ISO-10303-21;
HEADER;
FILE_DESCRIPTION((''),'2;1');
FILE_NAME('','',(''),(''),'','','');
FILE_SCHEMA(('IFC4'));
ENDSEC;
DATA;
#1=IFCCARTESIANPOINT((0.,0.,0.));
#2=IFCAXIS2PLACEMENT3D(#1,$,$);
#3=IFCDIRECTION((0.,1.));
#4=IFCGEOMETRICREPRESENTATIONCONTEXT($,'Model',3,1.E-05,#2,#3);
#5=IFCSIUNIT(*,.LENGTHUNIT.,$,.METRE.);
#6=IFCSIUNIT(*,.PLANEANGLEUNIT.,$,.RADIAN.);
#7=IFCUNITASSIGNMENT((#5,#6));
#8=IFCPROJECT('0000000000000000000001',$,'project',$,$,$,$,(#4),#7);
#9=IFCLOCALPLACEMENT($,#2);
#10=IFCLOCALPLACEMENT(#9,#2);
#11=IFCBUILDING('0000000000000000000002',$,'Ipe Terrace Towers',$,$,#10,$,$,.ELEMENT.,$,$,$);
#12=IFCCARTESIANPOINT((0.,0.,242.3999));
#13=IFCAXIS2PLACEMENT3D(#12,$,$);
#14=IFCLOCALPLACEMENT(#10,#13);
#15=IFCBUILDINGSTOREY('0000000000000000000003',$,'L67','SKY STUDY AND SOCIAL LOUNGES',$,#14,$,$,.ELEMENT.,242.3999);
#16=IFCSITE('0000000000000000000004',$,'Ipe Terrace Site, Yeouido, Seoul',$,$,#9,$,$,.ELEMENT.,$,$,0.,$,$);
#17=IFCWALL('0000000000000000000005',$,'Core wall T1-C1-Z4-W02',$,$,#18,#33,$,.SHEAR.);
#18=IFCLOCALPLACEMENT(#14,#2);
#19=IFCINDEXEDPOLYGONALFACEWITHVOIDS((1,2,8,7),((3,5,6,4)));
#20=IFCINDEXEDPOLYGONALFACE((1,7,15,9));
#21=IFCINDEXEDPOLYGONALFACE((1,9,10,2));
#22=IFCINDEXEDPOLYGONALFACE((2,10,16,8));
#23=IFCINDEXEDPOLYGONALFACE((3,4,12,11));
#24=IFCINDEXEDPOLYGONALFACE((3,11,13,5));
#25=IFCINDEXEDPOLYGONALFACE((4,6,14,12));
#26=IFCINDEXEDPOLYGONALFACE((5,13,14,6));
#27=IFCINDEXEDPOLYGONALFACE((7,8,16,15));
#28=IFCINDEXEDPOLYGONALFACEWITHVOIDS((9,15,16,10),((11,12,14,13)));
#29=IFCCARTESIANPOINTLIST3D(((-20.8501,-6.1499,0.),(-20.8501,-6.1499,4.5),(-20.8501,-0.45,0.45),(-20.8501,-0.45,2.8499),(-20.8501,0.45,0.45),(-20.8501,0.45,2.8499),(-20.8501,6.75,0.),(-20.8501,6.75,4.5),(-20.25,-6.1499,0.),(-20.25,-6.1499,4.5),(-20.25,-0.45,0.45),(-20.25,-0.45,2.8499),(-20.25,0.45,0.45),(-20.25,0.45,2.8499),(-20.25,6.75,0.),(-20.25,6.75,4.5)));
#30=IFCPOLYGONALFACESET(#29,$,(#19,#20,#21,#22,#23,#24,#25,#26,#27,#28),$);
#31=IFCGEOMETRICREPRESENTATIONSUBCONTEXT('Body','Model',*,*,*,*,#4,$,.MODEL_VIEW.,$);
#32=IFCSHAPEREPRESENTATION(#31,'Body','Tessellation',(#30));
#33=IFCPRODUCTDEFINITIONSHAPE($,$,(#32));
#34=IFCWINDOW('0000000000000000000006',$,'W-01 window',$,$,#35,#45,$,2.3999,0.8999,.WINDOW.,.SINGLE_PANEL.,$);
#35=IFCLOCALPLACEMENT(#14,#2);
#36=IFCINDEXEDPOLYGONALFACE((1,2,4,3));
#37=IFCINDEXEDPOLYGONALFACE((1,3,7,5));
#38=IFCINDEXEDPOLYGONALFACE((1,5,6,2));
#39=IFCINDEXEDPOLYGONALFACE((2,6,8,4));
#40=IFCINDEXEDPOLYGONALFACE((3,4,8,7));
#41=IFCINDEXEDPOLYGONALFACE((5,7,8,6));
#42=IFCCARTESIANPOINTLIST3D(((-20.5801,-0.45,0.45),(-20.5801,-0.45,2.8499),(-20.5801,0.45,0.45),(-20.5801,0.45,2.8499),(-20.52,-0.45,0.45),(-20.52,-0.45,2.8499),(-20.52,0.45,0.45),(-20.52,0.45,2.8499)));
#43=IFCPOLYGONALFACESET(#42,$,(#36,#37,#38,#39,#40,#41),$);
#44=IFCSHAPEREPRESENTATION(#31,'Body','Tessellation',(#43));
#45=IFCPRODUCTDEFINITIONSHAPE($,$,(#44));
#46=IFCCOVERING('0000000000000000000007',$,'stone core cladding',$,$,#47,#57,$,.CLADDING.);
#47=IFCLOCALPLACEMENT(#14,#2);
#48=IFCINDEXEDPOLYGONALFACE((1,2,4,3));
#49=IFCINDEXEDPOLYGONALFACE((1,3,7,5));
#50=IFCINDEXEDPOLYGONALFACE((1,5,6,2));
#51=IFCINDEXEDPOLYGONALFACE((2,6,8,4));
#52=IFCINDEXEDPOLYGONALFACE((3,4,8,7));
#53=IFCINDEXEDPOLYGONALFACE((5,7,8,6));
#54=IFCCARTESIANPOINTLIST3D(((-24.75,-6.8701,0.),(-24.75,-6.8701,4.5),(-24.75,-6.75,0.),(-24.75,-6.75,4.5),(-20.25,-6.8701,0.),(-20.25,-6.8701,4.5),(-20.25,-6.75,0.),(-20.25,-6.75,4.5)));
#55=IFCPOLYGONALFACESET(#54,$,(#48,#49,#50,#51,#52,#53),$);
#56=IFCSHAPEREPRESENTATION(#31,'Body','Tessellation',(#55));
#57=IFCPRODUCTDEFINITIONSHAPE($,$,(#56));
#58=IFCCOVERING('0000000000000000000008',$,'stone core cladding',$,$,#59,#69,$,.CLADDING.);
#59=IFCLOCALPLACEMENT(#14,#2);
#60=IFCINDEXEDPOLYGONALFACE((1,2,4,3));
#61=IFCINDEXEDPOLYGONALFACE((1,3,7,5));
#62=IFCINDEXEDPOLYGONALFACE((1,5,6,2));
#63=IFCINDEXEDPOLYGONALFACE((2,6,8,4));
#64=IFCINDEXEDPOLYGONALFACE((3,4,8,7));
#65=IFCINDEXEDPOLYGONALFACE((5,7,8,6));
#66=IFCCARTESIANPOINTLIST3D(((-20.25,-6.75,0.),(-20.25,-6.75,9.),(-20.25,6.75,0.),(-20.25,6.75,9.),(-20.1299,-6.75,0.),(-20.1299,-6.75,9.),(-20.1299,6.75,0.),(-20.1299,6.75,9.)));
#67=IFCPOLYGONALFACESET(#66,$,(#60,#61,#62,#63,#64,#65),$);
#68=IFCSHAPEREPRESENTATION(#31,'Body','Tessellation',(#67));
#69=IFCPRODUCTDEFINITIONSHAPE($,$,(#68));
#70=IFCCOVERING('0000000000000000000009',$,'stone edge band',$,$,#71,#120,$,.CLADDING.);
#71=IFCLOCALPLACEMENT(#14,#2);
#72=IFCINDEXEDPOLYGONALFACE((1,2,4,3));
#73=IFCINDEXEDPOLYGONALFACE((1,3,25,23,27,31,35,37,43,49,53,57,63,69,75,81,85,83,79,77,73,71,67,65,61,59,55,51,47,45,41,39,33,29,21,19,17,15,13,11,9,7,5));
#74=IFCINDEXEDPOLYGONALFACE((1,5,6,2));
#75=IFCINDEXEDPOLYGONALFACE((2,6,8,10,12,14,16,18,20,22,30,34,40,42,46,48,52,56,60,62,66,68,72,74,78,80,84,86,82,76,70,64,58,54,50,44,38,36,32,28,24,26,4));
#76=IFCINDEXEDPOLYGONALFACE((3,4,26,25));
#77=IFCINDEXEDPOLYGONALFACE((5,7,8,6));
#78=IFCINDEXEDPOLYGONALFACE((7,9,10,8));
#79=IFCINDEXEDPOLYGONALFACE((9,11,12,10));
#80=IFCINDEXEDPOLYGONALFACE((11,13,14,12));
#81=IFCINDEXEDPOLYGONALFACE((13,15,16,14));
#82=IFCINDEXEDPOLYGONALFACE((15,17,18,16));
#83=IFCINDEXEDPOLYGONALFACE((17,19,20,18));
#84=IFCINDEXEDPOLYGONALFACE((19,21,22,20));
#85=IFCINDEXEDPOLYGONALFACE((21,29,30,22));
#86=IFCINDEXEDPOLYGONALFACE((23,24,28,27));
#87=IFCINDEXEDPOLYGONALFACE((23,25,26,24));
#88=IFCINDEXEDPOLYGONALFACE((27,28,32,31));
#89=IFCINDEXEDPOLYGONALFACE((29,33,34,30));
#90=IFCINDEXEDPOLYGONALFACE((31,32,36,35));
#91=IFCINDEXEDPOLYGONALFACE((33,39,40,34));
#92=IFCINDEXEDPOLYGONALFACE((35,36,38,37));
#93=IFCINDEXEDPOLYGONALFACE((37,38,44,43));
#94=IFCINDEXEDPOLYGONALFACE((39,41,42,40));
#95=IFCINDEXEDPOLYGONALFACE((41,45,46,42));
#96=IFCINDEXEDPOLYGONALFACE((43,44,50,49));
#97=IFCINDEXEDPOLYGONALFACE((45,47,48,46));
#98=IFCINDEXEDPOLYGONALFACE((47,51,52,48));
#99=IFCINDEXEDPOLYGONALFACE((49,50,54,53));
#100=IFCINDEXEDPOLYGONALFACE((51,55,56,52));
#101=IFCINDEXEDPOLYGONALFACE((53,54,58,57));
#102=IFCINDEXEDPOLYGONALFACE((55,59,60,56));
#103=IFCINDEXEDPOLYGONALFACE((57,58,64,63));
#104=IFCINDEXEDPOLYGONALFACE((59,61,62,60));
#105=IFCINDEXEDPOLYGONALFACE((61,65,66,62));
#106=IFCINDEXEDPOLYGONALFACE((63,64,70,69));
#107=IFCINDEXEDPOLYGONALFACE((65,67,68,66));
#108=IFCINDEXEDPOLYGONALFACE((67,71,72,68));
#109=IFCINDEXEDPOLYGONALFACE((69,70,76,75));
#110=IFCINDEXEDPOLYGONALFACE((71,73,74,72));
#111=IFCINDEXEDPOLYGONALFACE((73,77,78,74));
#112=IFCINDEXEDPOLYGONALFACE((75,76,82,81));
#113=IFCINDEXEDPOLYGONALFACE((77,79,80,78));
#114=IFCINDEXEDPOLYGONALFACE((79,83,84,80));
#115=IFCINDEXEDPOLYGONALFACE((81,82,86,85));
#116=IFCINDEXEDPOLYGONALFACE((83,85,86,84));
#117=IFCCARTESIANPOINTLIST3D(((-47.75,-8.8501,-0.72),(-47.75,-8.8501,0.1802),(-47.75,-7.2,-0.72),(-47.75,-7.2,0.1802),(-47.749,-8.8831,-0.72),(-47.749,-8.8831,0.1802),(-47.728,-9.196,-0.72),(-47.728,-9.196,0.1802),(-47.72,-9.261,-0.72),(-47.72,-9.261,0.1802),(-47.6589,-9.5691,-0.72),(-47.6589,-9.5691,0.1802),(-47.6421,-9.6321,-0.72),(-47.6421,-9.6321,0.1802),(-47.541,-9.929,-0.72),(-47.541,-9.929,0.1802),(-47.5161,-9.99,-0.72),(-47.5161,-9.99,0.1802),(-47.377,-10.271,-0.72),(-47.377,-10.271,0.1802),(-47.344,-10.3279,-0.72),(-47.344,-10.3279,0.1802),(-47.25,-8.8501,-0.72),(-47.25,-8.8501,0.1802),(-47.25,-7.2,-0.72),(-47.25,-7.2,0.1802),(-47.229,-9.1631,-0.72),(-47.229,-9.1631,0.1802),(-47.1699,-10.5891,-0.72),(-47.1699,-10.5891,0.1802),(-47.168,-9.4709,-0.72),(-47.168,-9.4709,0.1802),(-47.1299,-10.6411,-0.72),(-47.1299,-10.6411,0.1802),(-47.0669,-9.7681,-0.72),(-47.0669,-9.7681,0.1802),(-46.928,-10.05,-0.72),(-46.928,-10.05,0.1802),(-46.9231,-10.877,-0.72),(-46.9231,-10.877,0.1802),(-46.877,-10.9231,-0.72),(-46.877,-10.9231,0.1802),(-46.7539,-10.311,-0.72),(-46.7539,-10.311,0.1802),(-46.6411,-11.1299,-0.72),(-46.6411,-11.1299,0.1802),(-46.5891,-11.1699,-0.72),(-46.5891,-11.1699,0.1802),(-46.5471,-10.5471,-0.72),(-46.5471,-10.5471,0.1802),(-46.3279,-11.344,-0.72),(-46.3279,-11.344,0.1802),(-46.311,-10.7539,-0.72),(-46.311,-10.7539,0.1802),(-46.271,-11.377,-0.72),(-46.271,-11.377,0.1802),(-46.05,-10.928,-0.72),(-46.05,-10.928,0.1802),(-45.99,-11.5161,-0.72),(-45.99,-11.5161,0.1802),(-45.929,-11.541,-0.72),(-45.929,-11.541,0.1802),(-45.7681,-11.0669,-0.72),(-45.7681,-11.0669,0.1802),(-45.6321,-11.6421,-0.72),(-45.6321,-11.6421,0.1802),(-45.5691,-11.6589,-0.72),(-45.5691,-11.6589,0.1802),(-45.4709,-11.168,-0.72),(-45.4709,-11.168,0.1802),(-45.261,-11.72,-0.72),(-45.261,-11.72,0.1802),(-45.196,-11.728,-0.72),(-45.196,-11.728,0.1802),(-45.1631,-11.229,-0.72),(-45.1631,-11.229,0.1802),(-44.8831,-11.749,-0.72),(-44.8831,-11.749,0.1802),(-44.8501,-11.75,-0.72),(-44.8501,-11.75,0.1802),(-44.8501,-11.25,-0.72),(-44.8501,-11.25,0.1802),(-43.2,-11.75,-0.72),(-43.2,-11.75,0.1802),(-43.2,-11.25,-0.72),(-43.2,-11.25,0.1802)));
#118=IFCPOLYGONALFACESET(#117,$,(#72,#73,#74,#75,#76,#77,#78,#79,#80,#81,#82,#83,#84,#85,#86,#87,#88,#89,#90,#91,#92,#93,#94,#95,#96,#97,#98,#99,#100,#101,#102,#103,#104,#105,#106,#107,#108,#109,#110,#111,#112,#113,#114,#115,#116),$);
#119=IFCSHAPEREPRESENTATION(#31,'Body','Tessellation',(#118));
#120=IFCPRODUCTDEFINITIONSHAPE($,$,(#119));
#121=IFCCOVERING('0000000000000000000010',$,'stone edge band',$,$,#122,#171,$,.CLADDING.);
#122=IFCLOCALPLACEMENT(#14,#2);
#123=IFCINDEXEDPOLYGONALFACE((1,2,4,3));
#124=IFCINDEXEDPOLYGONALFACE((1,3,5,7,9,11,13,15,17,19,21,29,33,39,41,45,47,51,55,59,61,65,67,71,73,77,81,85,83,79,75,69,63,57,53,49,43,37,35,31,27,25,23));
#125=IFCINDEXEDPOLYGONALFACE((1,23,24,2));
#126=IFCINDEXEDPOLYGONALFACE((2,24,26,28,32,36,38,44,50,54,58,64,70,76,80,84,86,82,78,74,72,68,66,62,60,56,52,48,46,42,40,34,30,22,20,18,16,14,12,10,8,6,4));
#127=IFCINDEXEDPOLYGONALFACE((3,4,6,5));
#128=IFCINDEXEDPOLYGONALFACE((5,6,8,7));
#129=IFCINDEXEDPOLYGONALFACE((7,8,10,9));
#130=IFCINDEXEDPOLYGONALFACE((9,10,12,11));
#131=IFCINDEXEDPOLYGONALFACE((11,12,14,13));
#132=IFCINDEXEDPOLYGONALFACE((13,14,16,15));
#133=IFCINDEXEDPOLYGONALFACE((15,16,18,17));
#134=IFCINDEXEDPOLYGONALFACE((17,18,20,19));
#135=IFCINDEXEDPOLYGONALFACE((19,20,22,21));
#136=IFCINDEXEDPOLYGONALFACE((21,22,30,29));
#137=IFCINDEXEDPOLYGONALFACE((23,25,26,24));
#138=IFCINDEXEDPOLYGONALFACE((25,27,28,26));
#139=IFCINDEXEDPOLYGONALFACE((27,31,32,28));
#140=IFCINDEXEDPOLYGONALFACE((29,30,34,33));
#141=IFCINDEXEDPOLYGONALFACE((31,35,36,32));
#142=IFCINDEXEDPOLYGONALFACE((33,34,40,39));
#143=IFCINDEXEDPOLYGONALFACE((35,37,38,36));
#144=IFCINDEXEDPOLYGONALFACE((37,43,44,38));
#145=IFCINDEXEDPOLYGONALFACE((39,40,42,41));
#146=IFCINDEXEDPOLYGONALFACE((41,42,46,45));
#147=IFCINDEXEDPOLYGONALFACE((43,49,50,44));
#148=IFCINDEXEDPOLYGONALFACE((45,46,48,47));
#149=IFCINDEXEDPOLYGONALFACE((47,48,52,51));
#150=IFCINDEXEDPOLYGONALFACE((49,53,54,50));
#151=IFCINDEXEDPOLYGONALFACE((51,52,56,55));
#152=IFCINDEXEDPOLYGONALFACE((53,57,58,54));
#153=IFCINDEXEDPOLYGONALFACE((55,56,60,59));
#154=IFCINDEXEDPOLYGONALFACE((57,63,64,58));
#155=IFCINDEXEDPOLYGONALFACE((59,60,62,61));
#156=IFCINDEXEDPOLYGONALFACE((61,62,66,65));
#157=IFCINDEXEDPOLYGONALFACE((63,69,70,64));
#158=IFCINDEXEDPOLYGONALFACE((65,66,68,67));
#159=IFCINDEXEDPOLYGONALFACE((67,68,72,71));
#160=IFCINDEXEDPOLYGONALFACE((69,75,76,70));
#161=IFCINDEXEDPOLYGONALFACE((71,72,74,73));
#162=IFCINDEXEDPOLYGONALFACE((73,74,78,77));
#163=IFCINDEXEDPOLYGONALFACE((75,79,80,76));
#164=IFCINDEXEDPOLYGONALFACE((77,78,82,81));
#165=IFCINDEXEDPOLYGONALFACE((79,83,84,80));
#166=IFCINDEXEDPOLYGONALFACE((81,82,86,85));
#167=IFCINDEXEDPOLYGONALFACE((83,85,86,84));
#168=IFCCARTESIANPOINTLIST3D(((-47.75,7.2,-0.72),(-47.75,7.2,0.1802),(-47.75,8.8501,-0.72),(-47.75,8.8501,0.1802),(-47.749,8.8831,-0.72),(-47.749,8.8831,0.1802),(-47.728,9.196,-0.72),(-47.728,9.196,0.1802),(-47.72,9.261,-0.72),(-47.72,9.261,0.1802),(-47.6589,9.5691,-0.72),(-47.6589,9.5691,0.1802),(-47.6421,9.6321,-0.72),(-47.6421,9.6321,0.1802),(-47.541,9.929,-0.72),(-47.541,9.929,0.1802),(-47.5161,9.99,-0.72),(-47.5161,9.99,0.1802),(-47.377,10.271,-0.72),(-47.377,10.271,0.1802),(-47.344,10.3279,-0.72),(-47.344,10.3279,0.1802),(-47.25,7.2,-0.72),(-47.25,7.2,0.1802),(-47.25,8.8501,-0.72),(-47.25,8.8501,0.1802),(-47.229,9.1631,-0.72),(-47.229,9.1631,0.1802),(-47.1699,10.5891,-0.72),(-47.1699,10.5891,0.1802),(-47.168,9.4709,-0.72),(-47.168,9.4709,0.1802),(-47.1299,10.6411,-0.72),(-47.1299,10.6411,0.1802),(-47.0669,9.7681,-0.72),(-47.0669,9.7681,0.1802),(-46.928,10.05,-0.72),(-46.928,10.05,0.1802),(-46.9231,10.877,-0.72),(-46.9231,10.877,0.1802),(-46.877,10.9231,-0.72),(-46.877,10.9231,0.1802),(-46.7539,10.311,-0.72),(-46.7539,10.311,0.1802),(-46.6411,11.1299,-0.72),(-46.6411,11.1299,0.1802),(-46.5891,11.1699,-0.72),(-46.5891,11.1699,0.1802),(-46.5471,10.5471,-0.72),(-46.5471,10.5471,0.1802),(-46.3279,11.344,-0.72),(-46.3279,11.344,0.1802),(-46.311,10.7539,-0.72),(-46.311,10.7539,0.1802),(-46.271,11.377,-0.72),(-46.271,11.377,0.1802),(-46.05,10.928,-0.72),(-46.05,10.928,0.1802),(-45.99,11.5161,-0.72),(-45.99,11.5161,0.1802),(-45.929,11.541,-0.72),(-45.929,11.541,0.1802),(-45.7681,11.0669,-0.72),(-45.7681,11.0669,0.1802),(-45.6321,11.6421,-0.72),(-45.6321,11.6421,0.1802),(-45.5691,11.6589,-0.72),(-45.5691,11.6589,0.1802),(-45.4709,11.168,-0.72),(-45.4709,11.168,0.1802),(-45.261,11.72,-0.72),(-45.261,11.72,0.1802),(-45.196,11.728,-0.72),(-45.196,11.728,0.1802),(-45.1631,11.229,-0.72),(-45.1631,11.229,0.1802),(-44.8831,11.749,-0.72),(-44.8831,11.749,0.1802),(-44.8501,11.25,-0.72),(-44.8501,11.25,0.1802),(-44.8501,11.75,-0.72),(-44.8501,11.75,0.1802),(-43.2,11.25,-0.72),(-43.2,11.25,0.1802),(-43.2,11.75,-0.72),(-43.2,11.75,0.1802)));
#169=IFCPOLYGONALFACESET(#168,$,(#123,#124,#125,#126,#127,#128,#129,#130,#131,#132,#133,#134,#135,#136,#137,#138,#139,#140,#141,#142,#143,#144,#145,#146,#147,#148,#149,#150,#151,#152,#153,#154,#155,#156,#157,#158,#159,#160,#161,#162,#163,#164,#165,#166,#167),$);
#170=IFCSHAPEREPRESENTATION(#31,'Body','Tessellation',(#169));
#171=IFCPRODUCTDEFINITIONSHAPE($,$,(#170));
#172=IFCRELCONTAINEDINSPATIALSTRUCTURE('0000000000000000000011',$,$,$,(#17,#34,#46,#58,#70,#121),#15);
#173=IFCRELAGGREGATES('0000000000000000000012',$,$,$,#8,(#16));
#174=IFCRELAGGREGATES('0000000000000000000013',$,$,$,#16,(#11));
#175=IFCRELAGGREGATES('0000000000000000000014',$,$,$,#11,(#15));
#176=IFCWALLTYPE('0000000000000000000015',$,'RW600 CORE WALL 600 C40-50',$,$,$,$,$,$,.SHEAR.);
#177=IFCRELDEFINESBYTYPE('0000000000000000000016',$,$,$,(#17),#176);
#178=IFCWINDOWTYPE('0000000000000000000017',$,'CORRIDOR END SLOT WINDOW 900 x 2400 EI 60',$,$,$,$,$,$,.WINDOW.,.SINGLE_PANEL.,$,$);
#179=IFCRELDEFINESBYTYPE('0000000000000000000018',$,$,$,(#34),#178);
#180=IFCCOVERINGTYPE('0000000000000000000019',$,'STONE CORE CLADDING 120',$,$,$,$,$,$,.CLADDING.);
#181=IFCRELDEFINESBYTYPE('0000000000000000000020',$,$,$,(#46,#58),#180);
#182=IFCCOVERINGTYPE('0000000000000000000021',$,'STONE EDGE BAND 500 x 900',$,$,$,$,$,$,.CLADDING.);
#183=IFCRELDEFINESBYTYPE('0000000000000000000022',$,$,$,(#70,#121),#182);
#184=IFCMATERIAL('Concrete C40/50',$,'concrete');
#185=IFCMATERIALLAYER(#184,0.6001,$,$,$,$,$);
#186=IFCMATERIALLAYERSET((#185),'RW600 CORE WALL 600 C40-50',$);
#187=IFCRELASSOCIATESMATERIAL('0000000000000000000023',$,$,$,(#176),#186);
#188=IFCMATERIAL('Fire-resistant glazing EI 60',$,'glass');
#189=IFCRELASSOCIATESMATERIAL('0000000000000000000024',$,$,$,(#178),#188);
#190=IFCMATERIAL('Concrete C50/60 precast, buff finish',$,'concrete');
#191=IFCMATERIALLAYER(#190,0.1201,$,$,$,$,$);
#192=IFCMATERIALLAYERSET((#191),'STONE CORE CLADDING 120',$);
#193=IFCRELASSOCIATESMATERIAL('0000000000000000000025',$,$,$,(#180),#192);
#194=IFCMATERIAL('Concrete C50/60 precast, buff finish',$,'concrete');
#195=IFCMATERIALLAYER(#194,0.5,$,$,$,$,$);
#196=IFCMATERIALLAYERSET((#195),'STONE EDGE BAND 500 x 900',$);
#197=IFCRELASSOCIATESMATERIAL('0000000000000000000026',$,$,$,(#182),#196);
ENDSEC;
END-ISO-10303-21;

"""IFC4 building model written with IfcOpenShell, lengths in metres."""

from ifc_helpers import new_model, si_unit, direction, frame, frame_2d, origin, origin_2d, place, context, subcontext, project, spatial, polyline, rectangle, outline, extrude, material, layer, layer_set, type_object, element, fill, save


model = new_model("IFC4")

# Units and contexts
model_context = context("Model", 3, precision=1e-05, world=origin(), true_north=direction((0.0, 1.0)))
body_context = subcontext(model_context, "Body", "Model", "MODEL_VIEW")
ifc_project = project(units=[si_unit("LENGTHUNIT", "METRE"), si_unit("PLANEANGLEUNIT", "RADIAN")], contexts=[model_context])

# Site, building, storey
site_placement = place(None, origin())
site = spatial("IfcSite", under=ifc_project, at=site_placement, Name="Ipe Terrace Site, Yeouido, Seoul", CompositionType="ELEMENT", RefElevation=0.0)
building_placement = place(site_placement, origin())
building = spatial("IfcBuilding", under=site, at=building_placement, Name="Ipe Terrace Towers", CompositionType="ELEMENT")
storey_placement = place(building_placement, frame((0.0, 0.0, 242.3999)))
storey = spatial("IfcBuildingStorey", under=building, at=storey_placement, Name="L67", Description="SKY STUDY AND SOCIAL LOUNGES", CompositionType="ELEMENT", Elevation=242.3999)

# Wall, opening, window
ifc_material_1 = material(Name="Concrete C40/50", Category="concrete")
ifc_layer_1 = layer(ifc_material_1, 0.6001)
ifc_layer_set_1 = layer_set([ifc_layer_1], Name="RW600 CORE WALL 600 C40-50")
wall_type = type_object("IfcWallType", Name="RW600 CORE WALL 600 C40-50", PredefinedType="SHEAR", material=ifc_layer_set_1)
wall_placement = place(storey_placement, frame((-20.55, -6.1499, 0.0), z_axis=(0.0, 0.0, 1.0), x_axis=(0.0, 1.0, 0.0)))
wall = element("IfcWall", 1, at=wall_placement, inside=storey, type_object=wall_type, Name="Core wall T1-C1-Z4-W02", PredefinedType="SHEAR", context=body_context, shape_type="SweptSolid", body=[
    extrude(rectangle(XDim=12.8999, YDim=0.6001, at=frame_2d((6.45, 0.0))), origin(), (0.0, 0.0, 1.0), 4.5),
])
opening_placement = place(wall_placement, frame((5.7, 0.0, 0.45)))
opening = element("IfcOpeningElement", 2, at=opening_placement, cuts=wall, PredefinedType="OPENING", context=body_context, shape_type="SweptSolid", body=[
    extrude(rectangle(XDim=0.8999, YDim=2.3999, at=frame_2d((0.45, 1.2))), frame((0.0, 0.3101, 0.0), z_axis=(0.0, -1.0, 0.0), x_axis=(1.0, 0.0, 0.0)), (0.0, 0.0, 1.0), 0.6201),
])
ifc_material_2 = material(Name="Fire-resistant glazing EI 60", Category="glass")
window_type = type_object("IfcWindowType", Name="CORRIDOR END SLOT WINDOW 900 x 2400 EI 60", PartitioningType="SINGLE_PANEL", PredefinedType="WINDOW", material=ifc_material_2)
window_placement = place(opening_placement, origin())
window = element("IfcWindow", 3, at=window_placement, inside=storey, type_object=window_type, Name="W-01 window", OverallHeight=2.3999, OverallWidth=0.8999, PartitioningType="SINGLE_PANEL", PredefinedType="WINDOW", context=body_context, shape_type="SweptSolid", body=[
    extrude(rectangle(XDim=0.8999, YDim=2.3999, at=frame_2d((0.45, 1.2))), frame((0.0, 0.03, 0.0), z_axis=(0.0, -1.0, 0.0), x_axis=(1.0, 0.0, 0.0)), (0.0, 0.0, 1.0), 0.0601),
])
fill(opening, window)

# Coverings
ifc_material_3 = material(Name="Concrete C50/60 precast, buff finish", Category="concrete")
ifc_layer_2 = layer(ifc_material_3, 0.1201)
ifc_layer_set_2 = layer_set([ifc_layer_2], Name="STONE CORE CLADDING 120")
covering_type_1 = type_object("IfcCoveringType", Name="STONE CORE CLADDING 120", PredefinedType="CLADDING", material=ifc_layer_set_2)
covering_1_placement = place(storey_placement, frame((-22.5, -6.8101, 0.0), z_axis=(0.0, 0.0, 1.0), x_axis=(1.0, 0.0, 0.0)))
element("IfcCovering", 4, at=covering_1_placement, inside=storey, type_object=covering_type_1, Name="stone core cladding", PredefinedType="CLADDING", context=body_context, shape_type="SweptSolid", body=[
    extrude(rectangle(XDim=4.5, YDim=0.1201, at=origin_2d()), origin(), (0.0, 0.0, 1.0), 4.5),
])
covering_2_placement = place(storey_placement, frame((-20.1899, 0.0, 0.0), z_axis=(0.0, 0.0, 1.0), x_axis=(0.0, 1.0, 0.0)))
element("IfcCovering", 5, at=covering_2_placement, inside=storey, type_object=covering_type_1, Name="stone core cladding", PredefinedType="CLADDING", context=body_context, shape_type="SweptSolid", body=[
    extrude(rectangle(XDim=13.5, YDim=0.1201, at=origin_2d()), origin(), (0.0, 0.0, 1.0), 9.0),
])
ifc_material_4 = material(Name="Concrete C50/60 precast, buff finish", Category="concrete")
ifc_layer_3 = layer(ifc_material_4, 0.5)
ifc_layer_set_3 = layer_set([ifc_layer_3], Name="STONE EDGE BAND 500 x 900")
covering_type_2 = type_object("IfcCoveringType", Name="STONE EDGE BAND 500 x 900", PredefinedType="CLADDING", material=ifc_layer_set_3)
covering_3_placement = place(storey_placement, frame((0.0, 0.0, -0.72)))
element("IfcCovering", 6, at=covering_3_placement, inside=storey, type_object=covering_type_2, Name="stone edge band", PredefinedType="CLADDING", context=body_context, shape_type="SweptSolid", body=[
    extrude(outline(polyline([(-44.8501, -11.75), (-43.2, -11.75), (-43.2, -11.25), (-44.8501, -11.25), (-45.1631, -11.229), (-45.4709, -11.168), (-45.7681, -11.0669), (-46.05, -10.928), (-46.311, -10.7539), (-46.5471, -10.5471), (-46.7539, -10.311), (-46.928, -10.05), (-47.0669, -9.7681), (-47.168, -9.4709), (-47.229, -9.1631), (-47.25, -8.8501), (-47.25, -7.2), (-47.75, -7.2), (-47.75, -8.8501), (-47.749, -8.8831), (-47.728, -9.196), (-47.72, -9.261), (-47.6589, -9.5691), (-47.6421, -9.6321), (-47.541, -9.929), (-47.5161, -9.99), (-47.377, -10.271), (-47.344, -10.3279), (-47.1699, -10.5891), (-47.1299, -10.6411), (-46.9231, -10.877), (-46.877, -10.9231), (-46.6411, -11.1299), (-46.5891, -11.1699), (-46.3279, -11.344), (-46.271, -11.377), (-45.99, -11.5161), (-45.929, -11.541), (-45.6321, -11.6421), (-45.5691, -11.6589), (-45.261, -11.72), (-45.196, -11.728), (-44.8831, -11.749), (-44.8501, -11.75)])), origin(), (0.0, 0.0, 1.0), 0.9001),
])
covering_4_placement = place(storey_placement, frame((0.0, 0.0, -0.72)))
element("IfcCovering", 7, at=covering_4_placement, inside=storey, type_object=covering_type_2, Name="stone edge band", PredefinedType="CLADDING", context=body_context, shape_type="SweptSolid", body=[
    extrude(outline(polyline([(-44.8501, 11.75), (-44.8831, 11.749), (-45.196, 11.728), (-45.261, 11.72), (-45.5691, 11.6589), (-45.6321, 11.6421), (-45.929, 11.541), (-45.99, 11.5161), (-46.271, 11.377), (-46.3279, 11.344), (-46.5891, 11.1699), (-46.6411, 11.1299), (-46.877, 10.9231), (-46.9231, 10.877), (-47.1299, 10.6411), (-47.1699, 10.5891), (-47.344, 10.3279), (-47.377, 10.271), (-47.5161, 9.99), (-47.541, 9.929), (-47.6421, 9.6321), (-47.6589, 9.5691), (-47.72, 9.261), (-47.728, 9.196), (-47.749, 8.8831), (-47.75, 8.8501), (-47.75, 7.2), (-47.25, 7.2), (-47.25, 8.8501), (-47.229, 9.1631), (-47.168, 9.4709), (-47.0669, 9.7681), (-46.928, 10.05), (-46.7539, 10.311), (-46.5471, 10.5471), (-46.311, 10.7539), (-46.05, 10.928), (-45.7681, 11.0669), (-45.4709, 11.168), (-45.1631, 11.229), (-44.8501, 11.25), (-43.2, 11.25), (-43.2, 11.75), (-44.8501, 11.75)])), origin(), (0.0, 0.0, 1.0), 0.9001),
])

save(model, "model.ifc")
